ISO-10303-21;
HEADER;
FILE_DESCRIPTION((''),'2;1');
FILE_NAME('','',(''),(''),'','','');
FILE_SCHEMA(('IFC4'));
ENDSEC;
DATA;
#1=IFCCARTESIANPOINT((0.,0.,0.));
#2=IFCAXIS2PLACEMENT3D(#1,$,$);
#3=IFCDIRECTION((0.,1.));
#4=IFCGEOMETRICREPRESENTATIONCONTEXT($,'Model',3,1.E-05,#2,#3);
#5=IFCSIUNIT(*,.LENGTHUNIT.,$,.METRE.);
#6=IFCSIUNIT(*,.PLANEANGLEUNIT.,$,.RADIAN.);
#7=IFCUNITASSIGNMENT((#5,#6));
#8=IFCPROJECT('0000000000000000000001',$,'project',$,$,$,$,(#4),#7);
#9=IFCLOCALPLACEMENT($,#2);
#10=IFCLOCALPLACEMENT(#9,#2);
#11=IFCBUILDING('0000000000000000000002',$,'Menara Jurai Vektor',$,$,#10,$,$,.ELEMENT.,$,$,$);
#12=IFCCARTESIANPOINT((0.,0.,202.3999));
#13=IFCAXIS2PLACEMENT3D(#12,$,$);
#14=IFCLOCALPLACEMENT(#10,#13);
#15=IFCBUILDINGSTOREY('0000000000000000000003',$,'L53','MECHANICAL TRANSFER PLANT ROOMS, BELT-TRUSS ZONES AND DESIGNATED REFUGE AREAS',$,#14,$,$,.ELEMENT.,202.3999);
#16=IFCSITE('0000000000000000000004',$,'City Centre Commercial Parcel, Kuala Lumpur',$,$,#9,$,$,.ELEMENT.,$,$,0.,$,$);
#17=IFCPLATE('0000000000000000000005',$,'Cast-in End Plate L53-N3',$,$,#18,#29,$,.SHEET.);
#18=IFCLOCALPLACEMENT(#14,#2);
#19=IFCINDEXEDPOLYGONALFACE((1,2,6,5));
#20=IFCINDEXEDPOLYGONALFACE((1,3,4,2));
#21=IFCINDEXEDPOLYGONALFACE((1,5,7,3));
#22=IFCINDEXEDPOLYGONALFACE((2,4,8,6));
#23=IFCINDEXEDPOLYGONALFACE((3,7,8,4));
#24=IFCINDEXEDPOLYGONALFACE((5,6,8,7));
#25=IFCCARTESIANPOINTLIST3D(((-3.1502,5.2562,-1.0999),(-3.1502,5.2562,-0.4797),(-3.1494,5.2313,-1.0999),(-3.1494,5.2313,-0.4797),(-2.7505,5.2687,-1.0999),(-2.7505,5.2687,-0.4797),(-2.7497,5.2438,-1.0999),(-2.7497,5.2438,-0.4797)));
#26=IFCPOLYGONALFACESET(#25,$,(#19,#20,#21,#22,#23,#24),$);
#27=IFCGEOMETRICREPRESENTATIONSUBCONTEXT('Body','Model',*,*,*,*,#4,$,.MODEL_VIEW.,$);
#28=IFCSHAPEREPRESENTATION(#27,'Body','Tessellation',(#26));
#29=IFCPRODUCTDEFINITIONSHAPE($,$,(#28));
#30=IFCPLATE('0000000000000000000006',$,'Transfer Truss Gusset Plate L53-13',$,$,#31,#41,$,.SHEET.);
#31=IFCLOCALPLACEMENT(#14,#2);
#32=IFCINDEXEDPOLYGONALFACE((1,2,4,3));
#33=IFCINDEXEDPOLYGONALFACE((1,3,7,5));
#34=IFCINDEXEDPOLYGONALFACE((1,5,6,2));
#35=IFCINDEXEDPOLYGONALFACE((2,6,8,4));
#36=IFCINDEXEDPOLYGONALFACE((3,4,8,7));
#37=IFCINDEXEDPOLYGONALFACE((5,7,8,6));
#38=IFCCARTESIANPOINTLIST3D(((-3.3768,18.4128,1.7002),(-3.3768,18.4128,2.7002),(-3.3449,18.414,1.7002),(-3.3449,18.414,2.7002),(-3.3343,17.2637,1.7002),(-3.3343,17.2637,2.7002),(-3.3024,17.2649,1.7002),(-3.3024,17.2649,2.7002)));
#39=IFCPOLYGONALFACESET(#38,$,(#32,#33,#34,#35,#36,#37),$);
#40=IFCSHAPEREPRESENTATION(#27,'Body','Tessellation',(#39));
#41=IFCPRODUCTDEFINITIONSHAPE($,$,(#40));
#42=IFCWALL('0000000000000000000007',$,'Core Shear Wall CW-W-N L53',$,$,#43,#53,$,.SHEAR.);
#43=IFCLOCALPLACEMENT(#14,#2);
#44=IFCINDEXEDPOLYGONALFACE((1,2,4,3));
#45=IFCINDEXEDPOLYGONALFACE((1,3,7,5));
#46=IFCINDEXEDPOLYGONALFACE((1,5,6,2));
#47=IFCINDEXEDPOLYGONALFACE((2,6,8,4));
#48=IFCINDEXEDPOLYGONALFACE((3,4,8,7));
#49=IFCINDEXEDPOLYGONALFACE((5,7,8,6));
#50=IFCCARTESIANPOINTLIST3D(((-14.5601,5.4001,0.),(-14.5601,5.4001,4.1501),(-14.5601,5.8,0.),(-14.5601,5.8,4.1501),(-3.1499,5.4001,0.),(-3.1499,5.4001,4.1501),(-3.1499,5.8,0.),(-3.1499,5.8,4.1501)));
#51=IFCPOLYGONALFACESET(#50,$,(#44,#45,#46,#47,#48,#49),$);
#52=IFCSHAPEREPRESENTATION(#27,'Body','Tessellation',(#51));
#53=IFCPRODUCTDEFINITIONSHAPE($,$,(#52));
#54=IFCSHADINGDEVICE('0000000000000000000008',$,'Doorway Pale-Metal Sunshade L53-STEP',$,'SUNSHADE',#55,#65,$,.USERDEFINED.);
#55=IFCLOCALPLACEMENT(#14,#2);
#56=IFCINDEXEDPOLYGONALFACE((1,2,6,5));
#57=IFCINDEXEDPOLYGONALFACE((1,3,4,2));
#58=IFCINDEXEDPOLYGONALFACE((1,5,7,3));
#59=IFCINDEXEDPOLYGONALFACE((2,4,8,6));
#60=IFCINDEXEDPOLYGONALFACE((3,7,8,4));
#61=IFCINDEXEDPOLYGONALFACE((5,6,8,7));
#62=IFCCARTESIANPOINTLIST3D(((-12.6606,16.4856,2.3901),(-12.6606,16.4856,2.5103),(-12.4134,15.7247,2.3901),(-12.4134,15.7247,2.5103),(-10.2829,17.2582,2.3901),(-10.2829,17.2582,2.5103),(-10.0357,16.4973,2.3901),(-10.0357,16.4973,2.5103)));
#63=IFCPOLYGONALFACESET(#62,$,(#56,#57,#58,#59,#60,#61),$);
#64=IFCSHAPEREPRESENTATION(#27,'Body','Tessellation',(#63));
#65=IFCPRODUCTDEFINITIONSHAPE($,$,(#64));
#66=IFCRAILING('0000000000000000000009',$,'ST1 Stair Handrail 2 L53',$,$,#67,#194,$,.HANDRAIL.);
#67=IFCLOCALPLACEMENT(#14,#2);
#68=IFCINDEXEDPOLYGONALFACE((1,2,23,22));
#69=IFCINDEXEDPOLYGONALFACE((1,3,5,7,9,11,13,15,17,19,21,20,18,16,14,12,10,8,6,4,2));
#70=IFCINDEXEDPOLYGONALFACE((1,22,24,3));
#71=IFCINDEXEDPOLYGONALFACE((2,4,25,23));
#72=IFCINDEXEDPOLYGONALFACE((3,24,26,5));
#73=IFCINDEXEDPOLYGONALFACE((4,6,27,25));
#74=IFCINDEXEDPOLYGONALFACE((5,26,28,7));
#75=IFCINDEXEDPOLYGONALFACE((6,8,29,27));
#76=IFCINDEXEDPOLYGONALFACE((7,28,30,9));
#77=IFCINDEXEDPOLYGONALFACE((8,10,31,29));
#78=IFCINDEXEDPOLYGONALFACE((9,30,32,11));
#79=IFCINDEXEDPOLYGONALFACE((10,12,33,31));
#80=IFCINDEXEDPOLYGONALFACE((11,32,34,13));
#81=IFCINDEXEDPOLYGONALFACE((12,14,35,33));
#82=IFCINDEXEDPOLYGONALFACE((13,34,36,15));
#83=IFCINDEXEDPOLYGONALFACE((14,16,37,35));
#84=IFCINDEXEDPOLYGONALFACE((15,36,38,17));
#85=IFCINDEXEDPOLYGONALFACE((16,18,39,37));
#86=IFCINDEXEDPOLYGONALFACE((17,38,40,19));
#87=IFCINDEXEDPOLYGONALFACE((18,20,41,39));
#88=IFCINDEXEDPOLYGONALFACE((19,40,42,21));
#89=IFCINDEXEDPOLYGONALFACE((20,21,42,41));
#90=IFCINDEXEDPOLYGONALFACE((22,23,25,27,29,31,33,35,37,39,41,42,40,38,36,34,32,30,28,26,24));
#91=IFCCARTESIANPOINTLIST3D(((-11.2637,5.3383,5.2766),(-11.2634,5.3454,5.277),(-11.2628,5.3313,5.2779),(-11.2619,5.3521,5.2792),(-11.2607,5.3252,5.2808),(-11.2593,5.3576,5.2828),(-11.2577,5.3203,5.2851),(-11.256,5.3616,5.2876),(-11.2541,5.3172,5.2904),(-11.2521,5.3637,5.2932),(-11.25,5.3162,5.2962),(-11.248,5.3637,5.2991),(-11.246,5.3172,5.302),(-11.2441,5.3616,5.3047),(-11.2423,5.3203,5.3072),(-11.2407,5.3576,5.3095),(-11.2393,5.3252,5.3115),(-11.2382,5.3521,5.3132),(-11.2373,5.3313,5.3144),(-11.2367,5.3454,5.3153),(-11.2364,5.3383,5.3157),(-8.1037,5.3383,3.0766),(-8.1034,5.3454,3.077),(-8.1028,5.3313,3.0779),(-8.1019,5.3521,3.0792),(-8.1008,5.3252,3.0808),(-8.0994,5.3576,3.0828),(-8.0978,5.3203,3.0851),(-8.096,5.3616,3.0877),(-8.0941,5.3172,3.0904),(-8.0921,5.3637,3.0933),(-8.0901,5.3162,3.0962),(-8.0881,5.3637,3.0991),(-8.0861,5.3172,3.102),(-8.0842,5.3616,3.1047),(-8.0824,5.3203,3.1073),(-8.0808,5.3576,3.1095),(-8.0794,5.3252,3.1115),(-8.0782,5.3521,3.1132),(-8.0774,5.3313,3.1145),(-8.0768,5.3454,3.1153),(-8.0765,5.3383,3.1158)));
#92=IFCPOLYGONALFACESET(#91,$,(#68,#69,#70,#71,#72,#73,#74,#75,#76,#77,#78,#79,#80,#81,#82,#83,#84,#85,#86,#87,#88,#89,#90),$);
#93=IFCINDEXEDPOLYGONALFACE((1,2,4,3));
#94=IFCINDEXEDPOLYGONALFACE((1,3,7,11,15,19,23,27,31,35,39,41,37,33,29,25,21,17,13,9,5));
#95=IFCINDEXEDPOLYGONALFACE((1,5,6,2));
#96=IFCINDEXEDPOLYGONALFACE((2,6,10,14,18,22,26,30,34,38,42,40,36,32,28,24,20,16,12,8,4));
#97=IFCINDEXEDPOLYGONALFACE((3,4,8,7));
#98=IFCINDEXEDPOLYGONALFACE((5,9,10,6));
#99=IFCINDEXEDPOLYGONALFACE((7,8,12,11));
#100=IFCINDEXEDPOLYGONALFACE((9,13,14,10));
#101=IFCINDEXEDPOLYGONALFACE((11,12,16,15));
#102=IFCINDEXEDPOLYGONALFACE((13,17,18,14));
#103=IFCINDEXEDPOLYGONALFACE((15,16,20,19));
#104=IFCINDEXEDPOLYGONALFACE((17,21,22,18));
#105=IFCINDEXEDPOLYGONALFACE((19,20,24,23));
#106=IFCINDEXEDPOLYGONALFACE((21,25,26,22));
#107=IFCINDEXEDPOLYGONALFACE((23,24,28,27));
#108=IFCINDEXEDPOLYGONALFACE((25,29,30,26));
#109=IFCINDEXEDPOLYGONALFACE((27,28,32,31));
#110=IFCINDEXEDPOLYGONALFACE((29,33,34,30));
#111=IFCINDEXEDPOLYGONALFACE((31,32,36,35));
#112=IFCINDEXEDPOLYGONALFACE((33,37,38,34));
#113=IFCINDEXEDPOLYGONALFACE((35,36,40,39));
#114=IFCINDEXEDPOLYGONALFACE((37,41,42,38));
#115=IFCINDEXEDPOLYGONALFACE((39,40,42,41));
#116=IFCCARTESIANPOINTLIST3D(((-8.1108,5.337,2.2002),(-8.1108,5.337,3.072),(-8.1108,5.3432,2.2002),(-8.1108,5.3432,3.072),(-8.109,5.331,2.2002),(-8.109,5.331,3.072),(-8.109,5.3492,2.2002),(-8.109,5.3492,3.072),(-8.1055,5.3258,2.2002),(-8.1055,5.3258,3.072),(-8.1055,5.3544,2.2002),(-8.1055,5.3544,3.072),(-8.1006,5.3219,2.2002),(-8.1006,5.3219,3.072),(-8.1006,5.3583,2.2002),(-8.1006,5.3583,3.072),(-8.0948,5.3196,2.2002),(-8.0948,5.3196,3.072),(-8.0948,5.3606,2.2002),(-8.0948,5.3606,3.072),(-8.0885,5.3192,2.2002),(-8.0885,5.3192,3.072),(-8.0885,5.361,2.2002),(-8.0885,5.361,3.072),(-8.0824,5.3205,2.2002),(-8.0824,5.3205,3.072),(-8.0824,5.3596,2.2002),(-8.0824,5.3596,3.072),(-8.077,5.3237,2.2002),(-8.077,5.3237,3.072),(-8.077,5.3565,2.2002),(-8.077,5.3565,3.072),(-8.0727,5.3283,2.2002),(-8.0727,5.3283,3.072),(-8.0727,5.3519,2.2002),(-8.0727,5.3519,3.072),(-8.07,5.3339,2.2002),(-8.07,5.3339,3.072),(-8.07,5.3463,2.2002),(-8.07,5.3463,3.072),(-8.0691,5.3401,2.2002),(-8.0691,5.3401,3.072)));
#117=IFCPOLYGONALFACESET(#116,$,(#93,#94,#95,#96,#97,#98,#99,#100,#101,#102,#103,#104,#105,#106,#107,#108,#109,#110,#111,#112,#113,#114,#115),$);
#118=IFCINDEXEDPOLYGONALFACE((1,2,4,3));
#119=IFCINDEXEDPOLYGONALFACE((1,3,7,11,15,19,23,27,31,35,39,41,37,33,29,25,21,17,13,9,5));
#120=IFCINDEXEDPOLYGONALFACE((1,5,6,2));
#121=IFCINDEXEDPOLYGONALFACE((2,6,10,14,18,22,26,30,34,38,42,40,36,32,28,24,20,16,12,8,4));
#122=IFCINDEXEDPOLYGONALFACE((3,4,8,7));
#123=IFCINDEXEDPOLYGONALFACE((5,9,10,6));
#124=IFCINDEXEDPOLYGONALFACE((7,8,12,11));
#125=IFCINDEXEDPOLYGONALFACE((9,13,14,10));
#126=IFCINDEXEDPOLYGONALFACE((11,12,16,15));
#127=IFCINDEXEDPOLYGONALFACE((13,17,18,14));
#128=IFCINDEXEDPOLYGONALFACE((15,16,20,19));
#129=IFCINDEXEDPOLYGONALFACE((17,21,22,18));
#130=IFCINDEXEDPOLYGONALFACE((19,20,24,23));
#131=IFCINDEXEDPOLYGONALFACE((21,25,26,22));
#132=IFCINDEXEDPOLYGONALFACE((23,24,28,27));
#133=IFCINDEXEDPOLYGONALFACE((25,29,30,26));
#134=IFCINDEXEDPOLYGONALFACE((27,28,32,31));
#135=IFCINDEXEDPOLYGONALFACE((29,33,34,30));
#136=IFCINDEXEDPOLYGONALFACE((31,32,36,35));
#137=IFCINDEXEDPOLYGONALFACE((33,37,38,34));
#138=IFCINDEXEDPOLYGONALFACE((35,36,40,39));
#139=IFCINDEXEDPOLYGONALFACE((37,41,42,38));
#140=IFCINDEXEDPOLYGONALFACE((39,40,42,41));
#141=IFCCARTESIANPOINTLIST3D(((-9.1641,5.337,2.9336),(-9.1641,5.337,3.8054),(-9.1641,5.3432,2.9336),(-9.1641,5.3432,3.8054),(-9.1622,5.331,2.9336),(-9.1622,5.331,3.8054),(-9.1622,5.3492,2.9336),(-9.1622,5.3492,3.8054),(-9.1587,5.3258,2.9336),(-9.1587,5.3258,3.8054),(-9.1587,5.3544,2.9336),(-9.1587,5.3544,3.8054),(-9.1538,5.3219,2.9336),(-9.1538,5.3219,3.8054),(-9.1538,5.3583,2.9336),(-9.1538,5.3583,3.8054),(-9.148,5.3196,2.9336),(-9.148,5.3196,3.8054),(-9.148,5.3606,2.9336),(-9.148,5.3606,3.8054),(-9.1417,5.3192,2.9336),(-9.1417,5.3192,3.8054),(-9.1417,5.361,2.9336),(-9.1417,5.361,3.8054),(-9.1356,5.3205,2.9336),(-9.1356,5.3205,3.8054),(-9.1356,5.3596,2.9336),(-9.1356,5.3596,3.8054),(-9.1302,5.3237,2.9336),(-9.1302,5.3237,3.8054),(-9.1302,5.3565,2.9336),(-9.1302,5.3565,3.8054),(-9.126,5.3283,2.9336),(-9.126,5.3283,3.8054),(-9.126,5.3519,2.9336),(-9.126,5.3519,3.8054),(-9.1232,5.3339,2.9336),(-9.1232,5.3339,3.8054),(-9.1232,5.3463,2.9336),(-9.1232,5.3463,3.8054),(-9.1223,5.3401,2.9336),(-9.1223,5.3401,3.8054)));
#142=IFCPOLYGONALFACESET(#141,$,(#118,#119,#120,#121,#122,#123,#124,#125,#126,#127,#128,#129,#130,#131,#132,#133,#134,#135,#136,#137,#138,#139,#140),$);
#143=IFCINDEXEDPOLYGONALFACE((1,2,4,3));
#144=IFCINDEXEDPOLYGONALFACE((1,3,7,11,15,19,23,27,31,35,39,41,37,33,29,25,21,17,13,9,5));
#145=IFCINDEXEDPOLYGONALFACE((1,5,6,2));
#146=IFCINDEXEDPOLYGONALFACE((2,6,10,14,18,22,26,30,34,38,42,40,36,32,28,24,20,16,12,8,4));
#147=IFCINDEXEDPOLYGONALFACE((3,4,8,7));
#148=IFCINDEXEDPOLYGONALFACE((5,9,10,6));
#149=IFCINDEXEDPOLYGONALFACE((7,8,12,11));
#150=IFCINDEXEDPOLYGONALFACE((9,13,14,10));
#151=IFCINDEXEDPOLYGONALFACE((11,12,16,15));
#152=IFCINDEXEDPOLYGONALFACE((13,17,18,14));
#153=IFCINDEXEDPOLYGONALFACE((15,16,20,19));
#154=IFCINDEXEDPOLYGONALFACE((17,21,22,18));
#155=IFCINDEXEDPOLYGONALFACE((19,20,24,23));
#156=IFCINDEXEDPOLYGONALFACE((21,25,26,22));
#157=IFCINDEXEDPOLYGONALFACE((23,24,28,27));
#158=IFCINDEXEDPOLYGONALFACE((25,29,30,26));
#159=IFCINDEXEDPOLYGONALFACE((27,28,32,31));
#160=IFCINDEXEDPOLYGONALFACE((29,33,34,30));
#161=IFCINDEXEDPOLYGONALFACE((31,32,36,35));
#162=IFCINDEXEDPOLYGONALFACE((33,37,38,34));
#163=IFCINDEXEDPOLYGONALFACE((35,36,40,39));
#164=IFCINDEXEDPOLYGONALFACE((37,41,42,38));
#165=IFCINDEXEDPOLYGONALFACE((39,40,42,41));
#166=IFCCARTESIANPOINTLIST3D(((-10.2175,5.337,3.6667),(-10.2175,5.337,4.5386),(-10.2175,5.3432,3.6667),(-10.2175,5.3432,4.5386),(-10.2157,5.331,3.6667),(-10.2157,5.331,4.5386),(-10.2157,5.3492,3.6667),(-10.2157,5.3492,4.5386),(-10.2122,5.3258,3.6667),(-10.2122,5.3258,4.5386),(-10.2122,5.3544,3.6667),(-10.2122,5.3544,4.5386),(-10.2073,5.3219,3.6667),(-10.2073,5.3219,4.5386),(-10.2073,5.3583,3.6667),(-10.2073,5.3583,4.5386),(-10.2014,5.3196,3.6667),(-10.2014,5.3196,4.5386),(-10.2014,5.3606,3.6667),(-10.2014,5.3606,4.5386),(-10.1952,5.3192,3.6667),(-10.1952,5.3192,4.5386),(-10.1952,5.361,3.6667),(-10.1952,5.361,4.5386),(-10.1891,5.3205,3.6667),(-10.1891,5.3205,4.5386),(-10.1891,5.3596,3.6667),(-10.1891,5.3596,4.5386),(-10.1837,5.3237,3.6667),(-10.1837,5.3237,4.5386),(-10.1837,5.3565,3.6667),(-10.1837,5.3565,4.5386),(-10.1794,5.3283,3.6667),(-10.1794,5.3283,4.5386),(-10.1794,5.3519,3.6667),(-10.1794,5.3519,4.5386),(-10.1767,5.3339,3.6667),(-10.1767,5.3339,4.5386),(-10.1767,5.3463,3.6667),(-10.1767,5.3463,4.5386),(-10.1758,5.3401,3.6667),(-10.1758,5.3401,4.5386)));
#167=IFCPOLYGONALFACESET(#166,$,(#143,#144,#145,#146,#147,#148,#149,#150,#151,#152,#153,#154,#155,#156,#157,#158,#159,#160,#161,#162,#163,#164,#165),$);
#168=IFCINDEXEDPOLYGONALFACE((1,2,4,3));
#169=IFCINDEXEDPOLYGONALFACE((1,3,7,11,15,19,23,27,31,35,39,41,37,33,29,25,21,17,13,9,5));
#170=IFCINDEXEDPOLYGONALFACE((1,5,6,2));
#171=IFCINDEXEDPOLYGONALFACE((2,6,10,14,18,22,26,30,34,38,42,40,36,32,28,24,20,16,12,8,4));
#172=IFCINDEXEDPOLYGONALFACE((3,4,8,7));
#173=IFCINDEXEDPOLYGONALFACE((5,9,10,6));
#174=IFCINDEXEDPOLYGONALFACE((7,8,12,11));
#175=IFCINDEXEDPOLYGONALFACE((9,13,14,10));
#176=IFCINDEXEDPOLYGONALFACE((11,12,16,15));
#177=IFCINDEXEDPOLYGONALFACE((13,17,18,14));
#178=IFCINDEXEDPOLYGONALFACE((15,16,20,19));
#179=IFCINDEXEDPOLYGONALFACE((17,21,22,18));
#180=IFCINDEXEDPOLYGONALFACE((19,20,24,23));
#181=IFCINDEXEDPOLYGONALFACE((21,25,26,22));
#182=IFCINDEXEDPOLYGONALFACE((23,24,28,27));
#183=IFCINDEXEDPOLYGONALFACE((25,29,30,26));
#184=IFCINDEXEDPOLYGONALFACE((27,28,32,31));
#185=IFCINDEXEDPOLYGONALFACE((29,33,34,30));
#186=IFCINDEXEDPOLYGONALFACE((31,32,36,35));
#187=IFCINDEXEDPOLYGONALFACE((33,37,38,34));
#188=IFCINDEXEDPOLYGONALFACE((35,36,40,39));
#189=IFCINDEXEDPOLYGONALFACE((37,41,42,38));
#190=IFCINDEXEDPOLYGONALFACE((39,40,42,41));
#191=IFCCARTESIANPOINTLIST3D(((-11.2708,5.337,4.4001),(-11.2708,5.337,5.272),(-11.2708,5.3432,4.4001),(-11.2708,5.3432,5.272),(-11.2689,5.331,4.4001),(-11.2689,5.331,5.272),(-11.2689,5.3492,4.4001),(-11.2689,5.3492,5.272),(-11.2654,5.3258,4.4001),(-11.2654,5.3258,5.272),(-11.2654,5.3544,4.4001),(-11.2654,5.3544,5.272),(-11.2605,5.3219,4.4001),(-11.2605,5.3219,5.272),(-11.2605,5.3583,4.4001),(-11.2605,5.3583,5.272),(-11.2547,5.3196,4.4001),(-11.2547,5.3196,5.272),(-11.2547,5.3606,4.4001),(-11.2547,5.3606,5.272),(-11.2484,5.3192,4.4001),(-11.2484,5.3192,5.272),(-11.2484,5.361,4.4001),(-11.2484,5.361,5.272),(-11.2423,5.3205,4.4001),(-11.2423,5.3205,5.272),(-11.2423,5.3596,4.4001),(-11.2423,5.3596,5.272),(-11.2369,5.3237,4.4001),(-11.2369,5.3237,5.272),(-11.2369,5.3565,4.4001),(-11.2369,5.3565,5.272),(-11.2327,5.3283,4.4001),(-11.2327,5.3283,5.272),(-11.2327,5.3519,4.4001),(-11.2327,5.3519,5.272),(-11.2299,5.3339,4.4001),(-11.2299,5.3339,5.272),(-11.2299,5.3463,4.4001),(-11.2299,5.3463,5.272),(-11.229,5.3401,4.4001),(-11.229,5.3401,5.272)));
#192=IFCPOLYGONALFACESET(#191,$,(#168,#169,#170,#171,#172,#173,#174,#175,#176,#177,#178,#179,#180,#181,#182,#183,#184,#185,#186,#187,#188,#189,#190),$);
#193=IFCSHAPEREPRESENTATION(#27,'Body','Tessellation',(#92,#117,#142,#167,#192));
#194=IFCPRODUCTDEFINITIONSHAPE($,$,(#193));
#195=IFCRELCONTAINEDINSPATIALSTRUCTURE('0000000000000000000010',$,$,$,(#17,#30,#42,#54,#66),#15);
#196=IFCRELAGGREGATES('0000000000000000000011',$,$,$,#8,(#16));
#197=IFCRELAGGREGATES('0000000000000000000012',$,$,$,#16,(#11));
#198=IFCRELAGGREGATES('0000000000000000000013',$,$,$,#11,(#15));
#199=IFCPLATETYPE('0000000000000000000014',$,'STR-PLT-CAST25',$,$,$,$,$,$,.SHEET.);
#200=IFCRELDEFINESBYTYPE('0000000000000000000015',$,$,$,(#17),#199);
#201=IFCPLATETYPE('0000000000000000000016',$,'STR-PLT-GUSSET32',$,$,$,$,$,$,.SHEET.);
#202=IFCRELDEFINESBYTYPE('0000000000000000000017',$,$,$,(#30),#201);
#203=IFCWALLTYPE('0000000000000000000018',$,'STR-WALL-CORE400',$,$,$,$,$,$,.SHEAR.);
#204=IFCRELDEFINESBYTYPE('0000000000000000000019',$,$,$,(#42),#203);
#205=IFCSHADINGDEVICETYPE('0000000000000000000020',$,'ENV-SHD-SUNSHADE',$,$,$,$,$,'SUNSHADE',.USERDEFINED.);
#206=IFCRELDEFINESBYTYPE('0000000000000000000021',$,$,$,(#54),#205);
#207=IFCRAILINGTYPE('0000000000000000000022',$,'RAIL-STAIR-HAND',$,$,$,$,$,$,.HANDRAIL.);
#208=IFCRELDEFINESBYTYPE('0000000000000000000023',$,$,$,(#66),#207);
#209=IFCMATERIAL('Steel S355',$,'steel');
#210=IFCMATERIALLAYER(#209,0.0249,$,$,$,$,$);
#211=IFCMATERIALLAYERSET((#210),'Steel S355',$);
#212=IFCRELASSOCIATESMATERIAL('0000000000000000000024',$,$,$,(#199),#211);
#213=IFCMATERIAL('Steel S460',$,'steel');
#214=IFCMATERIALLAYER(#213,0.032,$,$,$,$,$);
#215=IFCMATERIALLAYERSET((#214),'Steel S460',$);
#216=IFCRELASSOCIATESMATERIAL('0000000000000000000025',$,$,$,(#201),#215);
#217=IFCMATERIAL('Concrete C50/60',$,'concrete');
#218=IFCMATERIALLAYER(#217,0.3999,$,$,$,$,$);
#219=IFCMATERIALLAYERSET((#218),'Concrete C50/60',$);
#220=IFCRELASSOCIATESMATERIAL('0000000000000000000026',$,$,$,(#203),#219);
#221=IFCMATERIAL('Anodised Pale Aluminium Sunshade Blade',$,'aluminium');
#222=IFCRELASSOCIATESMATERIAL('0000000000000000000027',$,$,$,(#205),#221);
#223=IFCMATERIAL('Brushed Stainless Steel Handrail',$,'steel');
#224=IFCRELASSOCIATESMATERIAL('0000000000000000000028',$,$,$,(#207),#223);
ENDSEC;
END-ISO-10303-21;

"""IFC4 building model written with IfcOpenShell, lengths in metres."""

from ifc_helpers import new_model, si_unit, direction, frame, frame_2d, origin, origin_2d, place, context, subcontext, project, spatial, rectangle, circle, extrude, material, layer, layer_set, type_object, element, save


model = new_model("IFC4")

# Units and contexts
model_context = context("Model", 3, precision=1e-05, world=origin(), true_north=direction((0.0, 1.0)))
body_context = subcontext(model_context, "Body", "Model", "MODEL_VIEW")
ifc_project = project(units=[si_unit("LENGTHUNIT", "METRE"), si_unit("PLANEANGLEUNIT", "RADIAN")], contexts=[model_context])

# Site, building, storey
site_placement = place(None, origin())
site = spatial("IfcSite", under=ifc_project, at=site_placement, Name="City Centre Commercial Parcel, Kuala Lumpur", CompositionType="ELEMENT", RefElevation=0.0)
building_placement = place(site_placement, origin())
building = spatial("IfcBuilding", under=site, at=building_placement, Name="Menara Jurai Vektor", CompositionType="ELEMENT")
storey_placement = place(building_placement, frame((0.0, 0.0, 202.3999)))
storey = spatial("IfcBuildingStorey", under=building, at=storey_placement, Name="L53", Description="MECHANICAL TRANSFER PLANT ROOMS, BELT-TRUSS ZONES AND DESIGNATED REFUGE AREAS", CompositionType="ELEMENT", Elevation=202.3999)

# Shared definitions
ifc_material_1 = material(Name="Steel S355", Category="steel")
ifc_material_2 = material(Name="Steel S460", Category="steel")

# Plates
ifc_layer_1 = layer(ifc_material_1, 0.0249)
ifc_layer_set_1 = layer_set([ifc_layer_1], Name="Steel S355")
plate_type_1 = type_object("IfcPlateType", Name="STR-PLT-CAST25", PredefinedType="SHEET", material=ifc_layer_set_1)
plate_1_placement = place(storey_placement, frame((-2.95, 5.25, -1.0999), z_axis=(0.0, 0.0, 1.0), x_axis=(0.999517, 0.031062, 0.0)))
element("IfcPlate", 1, at=plate_1_placement, inside=storey, type_object=plate_type_1, Name="Cast-in End Plate L53-N3", PredefinedType="SHEET", context=body_context, shape_type="SweptSolid", body=[
    extrude(rectangle(XDim=0.3999, YDim=0.0249, at=origin_2d()), origin(), (0.0, 0.0, 1.0), 0.6201),
])
ifc_layer_2 = layer(ifc_material_2, 0.032)
ifc_layer_set_2 = layer_set([ifc_layer_2], Name="Steel S460")
plate_type_2 = type_object("IfcPlateType", Name="STR-PLT-GUSSET32", PredefinedType="SHEET", material=ifc_layer_set_2)
plate_2_placement = place(storey_placement, frame((-3.3396, 17.8389, 1.7002), z_axis=(0.0, 0.0, 1.0), x_axis=(0.036993, -0.999316, 0.0)))
element("IfcPlate", 2, at=plate_2_placement, inside=storey, type_object=plate_type_2, Name="Transfer Truss Gusset Plate L53-13", PredefinedType="SHEET", context=body_context, shape_type="SweptSolid", body=[
    extrude(rectangle(XDim=1.1499, YDim=0.032, at=origin_2d()), origin(), (0.0, 0.0, 1.0), 1.0),
])

# Wall
ifc_material_3 = material(Name="Concrete C50/60", Category="concrete")
ifc_layer_3 = layer(ifc_material_3, 0.3999)
ifc_layer_set_3 = layer_set([ifc_layer_3], Name="Concrete C50/60")
wall_type = type_object("IfcWallType", Name="STR-WALL-CORE400", PredefinedType="SHEAR", material=ifc_layer_set_3)
wall_placement = place(storey_placement, frame((-14.5601, 5.6001, 0.0), z_axis=(0.0, 0.0, 1.0), x_axis=(1.0, 0.0, 0.0)))
element("IfcWall", 3, at=wall_placement, inside=storey, type_object=wall_type, Name="Core Shear Wall CW-W-N L53", PredefinedType="SHEAR", context=body_context, shape_type="SweptSolid", body=[
    extrude(rectangle(XDim=11.4102, YDim=0.3999, at=frame_2d((5.7051, 0.0))), origin(), (0.0, 0.0, 1.0), 4.1501),
])

# Shading device
ifc_material_4 = material(Name="Anodised Pale Aluminium Sunshade Blade", Category="aluminium")
shading_device_type = type_object("IfcShadingDeviceType", Name="ENV-SHD-SUNSHADE", ElementType="SUNSHADE", PredefinedType="USERDEFINED", material=ifc_material_4)
shading_device_placement = place(storey_placement, frame((-11.3481, 16.4915, 2.3901), z_axis=(0.0, 0.0, 1.0), x_axis=(-0.951057, -0.309017, 0.0)))
element("IfcShadingDevice", 4, at=shading_device_placement, inside=storey, type_object=shading_device_type, Name="Doorway Pale-Metal Sunshade L53-STEP", ObjectType="SUNSHADE", PredefinedType="USERDEFINED", context=body_context, shape_type="SweptSolid", body=[
    extrude(rectangle(XDim=2.5, YDim=0.8, at=origin_2d()), origin(), (0.0, 0.0, 1.0), 0.1201),
])

# Railing
ifc_material_5 = material(Name="Brushed Stainless Steel Handrail", Category="steel")
railing_type = type_object("IfcRailingType", Name="RAIL-STAIR-HAND", PredefinedType="HANDRAIL", material=ifc_material_5)
railing_placement = place(storey_placement, frame((-8.0901, 5.3401, 2.2002)))
element("IfcRailing", 5, at=railing_placement, inside=storey, type_object=railing_type, Name="ST1 Stair Handrail 2 L53", PredefinedType="HANDRAIL", context=body_context, shape_type="SweptSolid", body=[
    extrude(circle(Radius=0.0239, at=origin_2d()), frame((0.0, 0.0, 0.896), z_axis=(-0.820692, 0.0, 0.571371), x_axis=(0.0, -1.0, 0.0)), (0.0, 0.0, 1.0), 3.8503),
    extrude(circle(Radius=0.021, at=origin_2d()), origin(), (0.0, 0.0, 1.0), 0.8718),
    extrude(circle(Radius=0.021, at=origin_2d()), frame((-1.0532, 0.0, 0.7334)), (0.0, 0.0, 1.0), 0.8718),
    extrude(circle(Radius=0.021, at=origin_2d()), frame((-2.1067, 0.0, 1.4666)), (0.0, 0.0, 1.0), 0.8718),
    extrude(circle(Radius=0.021, at=origin_2d()), frame((-3.1599, 0.0, 2.2)), (0.0, 0.0, 1.0), 0.8718),
])

save(model, "model.ifc")
